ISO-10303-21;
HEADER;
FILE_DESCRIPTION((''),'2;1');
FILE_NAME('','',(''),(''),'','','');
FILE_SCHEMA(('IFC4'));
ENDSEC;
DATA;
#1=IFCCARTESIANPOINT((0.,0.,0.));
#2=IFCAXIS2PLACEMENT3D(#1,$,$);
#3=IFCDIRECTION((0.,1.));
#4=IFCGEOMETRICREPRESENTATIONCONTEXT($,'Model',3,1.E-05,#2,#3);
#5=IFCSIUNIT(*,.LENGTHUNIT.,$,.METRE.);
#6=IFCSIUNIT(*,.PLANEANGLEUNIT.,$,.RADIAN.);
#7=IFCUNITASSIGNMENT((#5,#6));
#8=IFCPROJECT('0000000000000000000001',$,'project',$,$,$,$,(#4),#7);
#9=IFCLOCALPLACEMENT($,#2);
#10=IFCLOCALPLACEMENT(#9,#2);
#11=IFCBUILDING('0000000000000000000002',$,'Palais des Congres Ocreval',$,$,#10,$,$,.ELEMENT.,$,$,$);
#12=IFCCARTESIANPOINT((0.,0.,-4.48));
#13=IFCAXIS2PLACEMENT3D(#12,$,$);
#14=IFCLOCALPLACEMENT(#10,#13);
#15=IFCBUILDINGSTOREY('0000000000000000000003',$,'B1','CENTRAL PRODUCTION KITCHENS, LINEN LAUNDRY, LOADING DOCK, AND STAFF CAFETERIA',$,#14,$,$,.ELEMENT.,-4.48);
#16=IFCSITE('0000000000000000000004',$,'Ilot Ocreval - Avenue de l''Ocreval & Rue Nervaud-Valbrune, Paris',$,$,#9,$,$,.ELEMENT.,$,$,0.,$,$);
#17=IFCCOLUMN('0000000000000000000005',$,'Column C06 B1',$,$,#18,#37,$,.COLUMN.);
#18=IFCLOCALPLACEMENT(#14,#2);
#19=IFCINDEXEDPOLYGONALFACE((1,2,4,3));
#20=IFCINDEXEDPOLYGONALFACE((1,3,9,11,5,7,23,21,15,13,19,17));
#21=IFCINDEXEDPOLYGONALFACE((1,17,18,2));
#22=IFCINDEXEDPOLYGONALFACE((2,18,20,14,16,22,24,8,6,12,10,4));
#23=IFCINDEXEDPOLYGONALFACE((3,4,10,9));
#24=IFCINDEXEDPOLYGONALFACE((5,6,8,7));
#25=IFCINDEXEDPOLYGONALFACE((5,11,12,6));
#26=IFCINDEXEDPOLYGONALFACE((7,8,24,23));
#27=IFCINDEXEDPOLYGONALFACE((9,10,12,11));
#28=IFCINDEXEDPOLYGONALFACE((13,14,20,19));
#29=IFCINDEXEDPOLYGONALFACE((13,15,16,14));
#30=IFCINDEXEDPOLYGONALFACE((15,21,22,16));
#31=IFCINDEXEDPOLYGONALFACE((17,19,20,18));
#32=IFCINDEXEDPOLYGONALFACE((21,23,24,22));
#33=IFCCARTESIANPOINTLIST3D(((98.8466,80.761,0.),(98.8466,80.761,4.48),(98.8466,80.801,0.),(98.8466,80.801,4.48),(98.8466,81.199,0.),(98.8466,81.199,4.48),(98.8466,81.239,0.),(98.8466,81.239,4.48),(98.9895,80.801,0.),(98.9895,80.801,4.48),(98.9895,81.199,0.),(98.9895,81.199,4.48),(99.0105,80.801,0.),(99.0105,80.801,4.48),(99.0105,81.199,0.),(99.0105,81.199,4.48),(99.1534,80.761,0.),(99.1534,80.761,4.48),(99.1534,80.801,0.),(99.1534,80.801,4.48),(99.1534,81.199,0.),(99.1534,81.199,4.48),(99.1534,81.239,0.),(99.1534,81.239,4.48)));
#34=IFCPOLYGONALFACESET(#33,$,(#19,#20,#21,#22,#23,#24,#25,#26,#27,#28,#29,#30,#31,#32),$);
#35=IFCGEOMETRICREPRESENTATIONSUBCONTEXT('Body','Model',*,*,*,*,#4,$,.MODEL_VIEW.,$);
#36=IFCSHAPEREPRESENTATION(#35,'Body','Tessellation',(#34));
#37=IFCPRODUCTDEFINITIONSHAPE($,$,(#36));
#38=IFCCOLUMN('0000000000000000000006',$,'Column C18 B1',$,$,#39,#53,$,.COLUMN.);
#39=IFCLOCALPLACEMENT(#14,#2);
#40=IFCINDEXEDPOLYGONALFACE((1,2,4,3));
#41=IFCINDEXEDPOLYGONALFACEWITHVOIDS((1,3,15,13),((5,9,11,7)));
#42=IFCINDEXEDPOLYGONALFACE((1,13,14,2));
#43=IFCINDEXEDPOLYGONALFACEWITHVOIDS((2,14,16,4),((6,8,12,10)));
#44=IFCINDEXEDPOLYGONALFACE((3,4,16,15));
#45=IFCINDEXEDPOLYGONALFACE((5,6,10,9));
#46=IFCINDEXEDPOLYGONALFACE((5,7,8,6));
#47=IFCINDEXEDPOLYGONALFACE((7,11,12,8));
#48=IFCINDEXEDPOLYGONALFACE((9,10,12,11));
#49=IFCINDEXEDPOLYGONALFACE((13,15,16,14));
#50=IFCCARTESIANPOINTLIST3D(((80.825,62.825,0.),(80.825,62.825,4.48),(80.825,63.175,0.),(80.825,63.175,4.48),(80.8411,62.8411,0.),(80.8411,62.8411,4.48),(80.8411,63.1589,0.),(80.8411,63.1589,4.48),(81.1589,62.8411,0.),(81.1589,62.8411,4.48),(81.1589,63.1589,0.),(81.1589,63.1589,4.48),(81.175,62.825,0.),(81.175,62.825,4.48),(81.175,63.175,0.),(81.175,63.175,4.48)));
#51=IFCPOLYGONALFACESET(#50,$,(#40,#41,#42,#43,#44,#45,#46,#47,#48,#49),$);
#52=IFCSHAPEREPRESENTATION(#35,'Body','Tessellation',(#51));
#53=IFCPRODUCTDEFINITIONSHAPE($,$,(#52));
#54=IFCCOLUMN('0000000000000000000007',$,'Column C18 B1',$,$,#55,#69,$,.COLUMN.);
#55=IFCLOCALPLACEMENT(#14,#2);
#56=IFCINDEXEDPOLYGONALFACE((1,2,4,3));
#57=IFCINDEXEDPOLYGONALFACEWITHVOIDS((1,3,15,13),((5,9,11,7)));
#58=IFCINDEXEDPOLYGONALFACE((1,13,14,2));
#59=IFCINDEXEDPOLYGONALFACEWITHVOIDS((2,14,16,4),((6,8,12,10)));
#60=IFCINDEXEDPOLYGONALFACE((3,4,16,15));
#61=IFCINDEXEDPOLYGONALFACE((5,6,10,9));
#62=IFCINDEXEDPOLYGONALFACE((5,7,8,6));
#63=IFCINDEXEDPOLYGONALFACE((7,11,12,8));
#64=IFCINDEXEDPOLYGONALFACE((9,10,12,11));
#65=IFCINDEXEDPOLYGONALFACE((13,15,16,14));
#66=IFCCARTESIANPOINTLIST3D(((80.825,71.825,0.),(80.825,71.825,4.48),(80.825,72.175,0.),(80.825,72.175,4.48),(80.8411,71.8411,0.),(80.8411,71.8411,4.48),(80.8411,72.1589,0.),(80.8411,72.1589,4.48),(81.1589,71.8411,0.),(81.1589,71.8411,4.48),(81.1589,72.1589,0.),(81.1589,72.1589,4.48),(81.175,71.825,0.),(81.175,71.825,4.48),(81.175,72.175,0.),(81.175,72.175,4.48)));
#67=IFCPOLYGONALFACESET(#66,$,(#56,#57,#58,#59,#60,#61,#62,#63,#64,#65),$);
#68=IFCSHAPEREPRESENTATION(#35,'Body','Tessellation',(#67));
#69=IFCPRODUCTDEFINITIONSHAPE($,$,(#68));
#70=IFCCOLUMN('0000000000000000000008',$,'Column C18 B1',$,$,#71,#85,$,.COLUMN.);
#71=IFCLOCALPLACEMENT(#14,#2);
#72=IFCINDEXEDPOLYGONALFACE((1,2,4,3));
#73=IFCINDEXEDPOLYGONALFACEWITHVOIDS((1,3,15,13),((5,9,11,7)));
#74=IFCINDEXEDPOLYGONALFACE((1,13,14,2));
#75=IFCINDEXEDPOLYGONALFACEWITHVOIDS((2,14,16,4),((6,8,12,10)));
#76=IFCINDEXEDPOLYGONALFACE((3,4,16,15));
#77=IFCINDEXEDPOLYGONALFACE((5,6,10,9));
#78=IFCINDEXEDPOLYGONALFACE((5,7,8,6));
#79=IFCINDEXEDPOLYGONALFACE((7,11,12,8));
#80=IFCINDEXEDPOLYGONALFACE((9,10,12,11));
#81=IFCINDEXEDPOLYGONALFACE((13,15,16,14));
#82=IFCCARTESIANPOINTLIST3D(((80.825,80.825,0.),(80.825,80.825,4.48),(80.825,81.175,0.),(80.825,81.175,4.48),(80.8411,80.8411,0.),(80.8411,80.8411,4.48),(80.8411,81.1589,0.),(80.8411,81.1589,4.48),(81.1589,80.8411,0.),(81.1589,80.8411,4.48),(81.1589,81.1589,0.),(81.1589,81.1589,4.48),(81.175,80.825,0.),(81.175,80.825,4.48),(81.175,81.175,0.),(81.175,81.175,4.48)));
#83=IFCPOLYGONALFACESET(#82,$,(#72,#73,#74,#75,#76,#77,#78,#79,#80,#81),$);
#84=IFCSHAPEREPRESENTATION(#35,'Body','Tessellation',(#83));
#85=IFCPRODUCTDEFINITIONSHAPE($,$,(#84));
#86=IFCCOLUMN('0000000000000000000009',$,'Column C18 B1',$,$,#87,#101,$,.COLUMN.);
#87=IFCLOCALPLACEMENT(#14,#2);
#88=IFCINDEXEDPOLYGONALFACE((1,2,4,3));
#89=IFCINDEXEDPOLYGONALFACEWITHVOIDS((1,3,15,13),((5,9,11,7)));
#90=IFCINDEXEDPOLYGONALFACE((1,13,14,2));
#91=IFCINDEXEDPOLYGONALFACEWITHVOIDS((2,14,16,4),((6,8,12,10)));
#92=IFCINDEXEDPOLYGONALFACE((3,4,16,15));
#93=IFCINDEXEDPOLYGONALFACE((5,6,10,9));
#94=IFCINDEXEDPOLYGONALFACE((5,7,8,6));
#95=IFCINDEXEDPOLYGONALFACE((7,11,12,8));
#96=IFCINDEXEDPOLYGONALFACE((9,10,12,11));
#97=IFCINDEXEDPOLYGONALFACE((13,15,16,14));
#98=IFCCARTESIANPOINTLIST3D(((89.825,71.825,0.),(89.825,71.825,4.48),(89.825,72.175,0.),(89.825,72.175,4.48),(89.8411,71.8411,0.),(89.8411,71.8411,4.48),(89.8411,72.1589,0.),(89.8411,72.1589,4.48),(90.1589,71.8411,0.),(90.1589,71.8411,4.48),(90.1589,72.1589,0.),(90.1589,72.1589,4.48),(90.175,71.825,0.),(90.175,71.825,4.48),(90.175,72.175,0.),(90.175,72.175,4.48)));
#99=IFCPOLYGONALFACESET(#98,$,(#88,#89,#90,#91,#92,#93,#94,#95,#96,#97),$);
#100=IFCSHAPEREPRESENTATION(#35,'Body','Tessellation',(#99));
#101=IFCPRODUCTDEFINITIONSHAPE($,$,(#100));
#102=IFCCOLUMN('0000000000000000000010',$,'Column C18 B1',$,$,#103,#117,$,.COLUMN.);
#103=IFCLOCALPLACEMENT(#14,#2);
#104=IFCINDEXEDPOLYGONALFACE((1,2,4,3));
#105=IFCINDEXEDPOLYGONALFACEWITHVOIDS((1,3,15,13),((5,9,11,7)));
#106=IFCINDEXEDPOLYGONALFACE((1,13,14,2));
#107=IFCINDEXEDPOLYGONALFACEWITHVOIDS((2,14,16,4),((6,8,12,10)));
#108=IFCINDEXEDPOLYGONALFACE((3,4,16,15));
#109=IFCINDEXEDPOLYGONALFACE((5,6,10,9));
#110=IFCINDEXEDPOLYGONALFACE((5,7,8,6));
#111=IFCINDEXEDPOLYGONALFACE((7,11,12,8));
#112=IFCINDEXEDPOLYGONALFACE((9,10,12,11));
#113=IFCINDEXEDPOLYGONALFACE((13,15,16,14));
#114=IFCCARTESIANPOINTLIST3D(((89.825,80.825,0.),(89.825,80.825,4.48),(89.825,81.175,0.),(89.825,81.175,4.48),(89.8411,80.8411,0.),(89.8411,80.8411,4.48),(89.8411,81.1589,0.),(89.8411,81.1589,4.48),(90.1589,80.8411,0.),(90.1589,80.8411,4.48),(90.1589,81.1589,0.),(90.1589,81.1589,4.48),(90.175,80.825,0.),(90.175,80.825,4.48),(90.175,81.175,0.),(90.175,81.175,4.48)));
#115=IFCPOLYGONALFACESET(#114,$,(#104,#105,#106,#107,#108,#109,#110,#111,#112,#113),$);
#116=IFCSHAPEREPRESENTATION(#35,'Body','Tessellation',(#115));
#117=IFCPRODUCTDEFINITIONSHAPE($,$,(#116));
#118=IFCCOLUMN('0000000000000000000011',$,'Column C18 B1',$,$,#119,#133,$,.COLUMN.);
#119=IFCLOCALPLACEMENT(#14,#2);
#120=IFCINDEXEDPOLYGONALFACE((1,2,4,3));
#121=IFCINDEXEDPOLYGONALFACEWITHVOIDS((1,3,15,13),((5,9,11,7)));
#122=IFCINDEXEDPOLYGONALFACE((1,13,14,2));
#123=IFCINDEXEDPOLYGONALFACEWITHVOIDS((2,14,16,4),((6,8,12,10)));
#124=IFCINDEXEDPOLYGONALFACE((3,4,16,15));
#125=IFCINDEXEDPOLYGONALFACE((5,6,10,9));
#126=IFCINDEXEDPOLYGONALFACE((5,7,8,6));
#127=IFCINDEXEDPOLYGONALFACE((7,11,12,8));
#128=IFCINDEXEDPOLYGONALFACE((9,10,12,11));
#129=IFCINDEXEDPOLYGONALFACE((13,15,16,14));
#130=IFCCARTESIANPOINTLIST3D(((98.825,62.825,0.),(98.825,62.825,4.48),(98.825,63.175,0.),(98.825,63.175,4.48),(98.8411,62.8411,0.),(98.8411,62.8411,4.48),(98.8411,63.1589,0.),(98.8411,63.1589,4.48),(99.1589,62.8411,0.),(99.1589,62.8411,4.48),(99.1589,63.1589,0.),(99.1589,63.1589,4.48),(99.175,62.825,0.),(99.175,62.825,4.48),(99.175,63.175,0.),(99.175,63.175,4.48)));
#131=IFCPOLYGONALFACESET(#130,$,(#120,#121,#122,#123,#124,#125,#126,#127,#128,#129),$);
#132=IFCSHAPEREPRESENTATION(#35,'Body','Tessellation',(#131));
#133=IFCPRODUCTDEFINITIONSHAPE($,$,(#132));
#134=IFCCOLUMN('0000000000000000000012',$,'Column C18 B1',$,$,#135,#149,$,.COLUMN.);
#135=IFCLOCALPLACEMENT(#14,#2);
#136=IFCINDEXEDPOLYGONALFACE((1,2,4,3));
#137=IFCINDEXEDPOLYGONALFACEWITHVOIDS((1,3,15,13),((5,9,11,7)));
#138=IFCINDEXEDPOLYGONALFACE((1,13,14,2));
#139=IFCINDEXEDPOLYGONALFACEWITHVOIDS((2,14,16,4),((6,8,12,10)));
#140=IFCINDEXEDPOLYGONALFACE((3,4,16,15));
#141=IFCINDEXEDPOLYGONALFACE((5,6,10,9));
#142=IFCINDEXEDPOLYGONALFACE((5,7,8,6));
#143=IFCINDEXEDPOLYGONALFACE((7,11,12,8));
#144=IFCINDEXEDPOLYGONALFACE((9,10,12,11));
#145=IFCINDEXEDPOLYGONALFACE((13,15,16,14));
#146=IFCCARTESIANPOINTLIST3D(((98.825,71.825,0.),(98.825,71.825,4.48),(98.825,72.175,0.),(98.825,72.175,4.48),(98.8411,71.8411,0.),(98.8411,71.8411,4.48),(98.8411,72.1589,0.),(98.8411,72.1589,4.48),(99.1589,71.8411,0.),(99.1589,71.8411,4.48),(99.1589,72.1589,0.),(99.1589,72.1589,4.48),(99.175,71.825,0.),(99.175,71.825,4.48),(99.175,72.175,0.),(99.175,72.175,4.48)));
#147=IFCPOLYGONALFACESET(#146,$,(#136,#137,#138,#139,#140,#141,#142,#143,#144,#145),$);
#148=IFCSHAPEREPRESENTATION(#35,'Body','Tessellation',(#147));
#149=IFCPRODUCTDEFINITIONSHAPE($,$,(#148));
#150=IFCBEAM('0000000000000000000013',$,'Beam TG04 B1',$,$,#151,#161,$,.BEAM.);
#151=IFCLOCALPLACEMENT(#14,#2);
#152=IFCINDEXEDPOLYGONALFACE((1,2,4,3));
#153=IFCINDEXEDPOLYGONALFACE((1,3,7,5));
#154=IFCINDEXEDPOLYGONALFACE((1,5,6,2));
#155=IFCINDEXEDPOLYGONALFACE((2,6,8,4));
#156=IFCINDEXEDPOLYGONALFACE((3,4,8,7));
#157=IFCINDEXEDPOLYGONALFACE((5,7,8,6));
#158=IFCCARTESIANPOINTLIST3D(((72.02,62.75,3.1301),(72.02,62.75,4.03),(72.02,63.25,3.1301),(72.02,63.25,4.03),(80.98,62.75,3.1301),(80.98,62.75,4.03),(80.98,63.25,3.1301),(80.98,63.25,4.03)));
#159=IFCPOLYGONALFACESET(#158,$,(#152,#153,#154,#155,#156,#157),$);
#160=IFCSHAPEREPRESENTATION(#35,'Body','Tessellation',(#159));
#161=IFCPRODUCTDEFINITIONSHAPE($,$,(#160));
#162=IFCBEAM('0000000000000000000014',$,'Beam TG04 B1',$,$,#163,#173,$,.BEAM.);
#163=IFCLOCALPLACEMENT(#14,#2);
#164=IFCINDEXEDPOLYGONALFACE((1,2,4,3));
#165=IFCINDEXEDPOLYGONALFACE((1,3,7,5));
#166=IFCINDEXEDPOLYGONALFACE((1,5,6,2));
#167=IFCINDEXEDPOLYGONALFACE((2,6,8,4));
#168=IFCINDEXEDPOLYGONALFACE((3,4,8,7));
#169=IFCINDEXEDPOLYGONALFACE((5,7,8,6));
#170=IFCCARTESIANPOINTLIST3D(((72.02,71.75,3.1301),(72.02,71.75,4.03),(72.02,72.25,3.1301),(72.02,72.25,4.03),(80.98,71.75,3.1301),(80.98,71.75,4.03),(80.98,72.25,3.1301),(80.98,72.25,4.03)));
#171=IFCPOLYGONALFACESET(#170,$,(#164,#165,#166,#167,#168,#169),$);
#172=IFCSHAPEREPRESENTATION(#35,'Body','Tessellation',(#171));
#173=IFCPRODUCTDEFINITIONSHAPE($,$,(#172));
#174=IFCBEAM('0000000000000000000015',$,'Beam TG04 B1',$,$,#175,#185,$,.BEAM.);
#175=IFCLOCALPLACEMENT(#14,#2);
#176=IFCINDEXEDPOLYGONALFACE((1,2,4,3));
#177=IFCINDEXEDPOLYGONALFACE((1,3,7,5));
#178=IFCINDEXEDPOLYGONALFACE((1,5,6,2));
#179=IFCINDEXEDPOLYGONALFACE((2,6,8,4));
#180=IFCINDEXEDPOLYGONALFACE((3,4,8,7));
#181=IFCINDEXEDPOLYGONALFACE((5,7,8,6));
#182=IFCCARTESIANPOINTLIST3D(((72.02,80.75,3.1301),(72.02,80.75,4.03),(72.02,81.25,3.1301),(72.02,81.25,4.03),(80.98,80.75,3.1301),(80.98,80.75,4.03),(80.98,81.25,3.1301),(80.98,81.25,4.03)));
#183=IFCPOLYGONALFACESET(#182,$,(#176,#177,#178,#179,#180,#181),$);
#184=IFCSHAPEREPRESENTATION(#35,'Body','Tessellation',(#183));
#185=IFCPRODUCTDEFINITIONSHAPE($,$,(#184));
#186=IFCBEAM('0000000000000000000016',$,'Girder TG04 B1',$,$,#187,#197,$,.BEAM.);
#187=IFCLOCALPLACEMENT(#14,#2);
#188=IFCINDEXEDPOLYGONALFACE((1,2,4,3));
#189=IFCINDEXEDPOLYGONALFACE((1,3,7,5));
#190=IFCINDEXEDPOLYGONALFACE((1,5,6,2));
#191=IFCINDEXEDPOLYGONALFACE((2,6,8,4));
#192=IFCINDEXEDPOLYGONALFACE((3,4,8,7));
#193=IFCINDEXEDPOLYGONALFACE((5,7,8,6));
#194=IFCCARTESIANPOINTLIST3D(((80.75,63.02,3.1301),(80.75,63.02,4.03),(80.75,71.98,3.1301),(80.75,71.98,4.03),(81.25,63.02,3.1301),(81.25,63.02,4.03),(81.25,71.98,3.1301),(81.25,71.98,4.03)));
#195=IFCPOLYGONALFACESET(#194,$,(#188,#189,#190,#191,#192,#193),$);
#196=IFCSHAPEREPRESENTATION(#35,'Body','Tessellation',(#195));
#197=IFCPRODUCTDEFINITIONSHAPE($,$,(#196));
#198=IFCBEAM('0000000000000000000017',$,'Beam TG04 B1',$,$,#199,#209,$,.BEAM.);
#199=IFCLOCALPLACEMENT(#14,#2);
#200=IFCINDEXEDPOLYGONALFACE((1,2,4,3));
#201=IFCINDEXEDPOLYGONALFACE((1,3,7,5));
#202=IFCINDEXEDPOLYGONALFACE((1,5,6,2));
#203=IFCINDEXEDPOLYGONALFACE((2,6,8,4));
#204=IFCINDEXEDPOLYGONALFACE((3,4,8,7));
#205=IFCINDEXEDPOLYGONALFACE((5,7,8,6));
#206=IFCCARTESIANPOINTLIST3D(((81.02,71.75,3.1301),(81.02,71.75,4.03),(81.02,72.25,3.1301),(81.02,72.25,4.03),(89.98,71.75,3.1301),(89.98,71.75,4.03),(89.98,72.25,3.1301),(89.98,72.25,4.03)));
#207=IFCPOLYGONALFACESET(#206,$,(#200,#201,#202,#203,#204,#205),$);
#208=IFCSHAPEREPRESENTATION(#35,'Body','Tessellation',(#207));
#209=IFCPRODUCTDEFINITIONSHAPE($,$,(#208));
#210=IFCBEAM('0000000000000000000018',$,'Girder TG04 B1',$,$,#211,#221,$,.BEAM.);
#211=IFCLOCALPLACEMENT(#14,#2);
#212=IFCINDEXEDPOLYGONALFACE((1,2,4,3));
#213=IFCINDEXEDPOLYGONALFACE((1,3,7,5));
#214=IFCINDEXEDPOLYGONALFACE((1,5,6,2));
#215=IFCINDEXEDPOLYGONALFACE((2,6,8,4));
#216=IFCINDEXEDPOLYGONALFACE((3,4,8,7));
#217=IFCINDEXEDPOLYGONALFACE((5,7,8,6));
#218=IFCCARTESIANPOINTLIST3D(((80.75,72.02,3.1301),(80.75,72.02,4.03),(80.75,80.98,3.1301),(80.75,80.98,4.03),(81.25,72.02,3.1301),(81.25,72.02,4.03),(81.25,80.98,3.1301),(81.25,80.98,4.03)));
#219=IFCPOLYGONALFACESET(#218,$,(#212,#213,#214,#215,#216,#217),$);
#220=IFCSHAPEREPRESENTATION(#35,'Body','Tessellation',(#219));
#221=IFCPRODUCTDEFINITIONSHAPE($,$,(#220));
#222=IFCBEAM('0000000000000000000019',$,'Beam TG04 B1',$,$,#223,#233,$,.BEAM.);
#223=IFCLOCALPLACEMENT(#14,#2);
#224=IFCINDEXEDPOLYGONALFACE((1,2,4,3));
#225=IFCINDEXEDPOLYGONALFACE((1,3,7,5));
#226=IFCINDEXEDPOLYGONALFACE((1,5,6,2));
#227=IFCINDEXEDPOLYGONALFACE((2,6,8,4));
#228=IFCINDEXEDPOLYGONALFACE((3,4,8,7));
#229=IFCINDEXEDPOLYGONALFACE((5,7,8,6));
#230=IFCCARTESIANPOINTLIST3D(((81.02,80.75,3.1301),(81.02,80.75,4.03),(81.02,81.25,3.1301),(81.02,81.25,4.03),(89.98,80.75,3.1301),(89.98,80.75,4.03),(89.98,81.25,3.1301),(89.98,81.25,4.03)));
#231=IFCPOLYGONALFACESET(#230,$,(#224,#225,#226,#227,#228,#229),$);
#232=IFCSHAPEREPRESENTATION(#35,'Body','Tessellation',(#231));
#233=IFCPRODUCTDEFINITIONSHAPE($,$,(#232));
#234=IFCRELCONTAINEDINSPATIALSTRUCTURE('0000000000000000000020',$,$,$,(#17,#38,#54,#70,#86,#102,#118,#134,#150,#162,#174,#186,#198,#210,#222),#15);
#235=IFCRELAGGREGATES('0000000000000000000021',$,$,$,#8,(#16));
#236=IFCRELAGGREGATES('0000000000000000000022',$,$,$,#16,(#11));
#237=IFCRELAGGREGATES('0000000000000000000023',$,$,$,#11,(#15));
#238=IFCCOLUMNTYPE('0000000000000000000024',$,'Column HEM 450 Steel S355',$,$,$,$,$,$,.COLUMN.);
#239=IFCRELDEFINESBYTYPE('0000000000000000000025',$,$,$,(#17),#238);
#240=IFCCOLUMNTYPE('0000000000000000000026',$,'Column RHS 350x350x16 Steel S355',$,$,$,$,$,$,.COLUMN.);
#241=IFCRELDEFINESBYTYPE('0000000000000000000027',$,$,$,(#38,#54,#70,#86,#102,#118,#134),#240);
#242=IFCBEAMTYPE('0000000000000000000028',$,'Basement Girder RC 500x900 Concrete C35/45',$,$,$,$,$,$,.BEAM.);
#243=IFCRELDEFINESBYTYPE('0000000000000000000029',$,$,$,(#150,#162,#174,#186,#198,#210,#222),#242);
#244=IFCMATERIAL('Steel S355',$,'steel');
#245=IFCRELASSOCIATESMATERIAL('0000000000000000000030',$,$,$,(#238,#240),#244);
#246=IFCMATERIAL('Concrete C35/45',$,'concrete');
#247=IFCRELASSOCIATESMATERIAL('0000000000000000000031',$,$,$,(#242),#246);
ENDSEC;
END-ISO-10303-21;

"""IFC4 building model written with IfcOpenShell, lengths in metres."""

from ifc_helpers import new_model, si_unit, direction, frame, origin, origin_2d, place, context, subcontext, project, spatial, rectangle, hollow_rectangle, i_section, extrude, material, material_profile, profile_set, type_object, element, save


model = new_model("IFC4")

# Units and contexts
model_context = context("Model", 3, precision=1e-05, world=origin(), true_north=direction((0.0, 1.0)))
body_context = subcontext(model_context, "Body", "Model", "MODEL_VIEW")
ifc_project = project(units=[si_unit("LENGTHUNIT", "METRE"), si_unit("PLANEANGLEUNIT", "RADIAN")], contexts=[model_context])

# Site, building, storey
site_placement = place(None, origin())
site = spatial("IfcSite", under=ifc_project, at=site_placement, Name="Ilot Ocreval - Avenue de l'Ocreval & Rue Nervaud-Valbrune, Paris", CompositionType="ELEMENT", RefElevation=0.0)
building_placement = place(site_placement, origin())
building = spatial("IfcBuilding", under=site, at=building_placement, Name="Palais des Congres Ocreval", CompositionType="ELEMENT")
storey_placement = place(building_placement, frame((0.0, 0.0, -4.48)))
storey = spatial("IfcBuildingStorey", under=building, at=storey_placement, Name="B1", Description="CENTRAL PRODUCTION KITCHENS, LINEN LAUNDRY, LOADING DOCK, AND STAFF CAFETERIA", CompositionType="ELEMENT", Elevation=-4.48)

# Columns
ifc_material_1 = material(Name="Steel S355", Category="steel")
ifc_material_profile_1 = material_profile(ifc_material_1, i_section(OverallWidth=0.3069, OverallDepth=0.478, WebThickness=0.021, FlangeThickness=0.04, at=origin_2d()), Name="HEM 450")
ifc_profile_set_1 = profile_set([ifc_material_profile_1], Name="Steel S355")
column_type_1 = type_object("IfcColumnType", Name="Column HEM 450 Steel S355", PredefinedType="COLUMN", material=ifc_profile_set_1)
column_placement = place(storey_placement, frame((99.0, 81.0, 0.0), z_axis=(0.0, 0.0, 1.0), x_axis=(1.0, 0.0, 0.0)))
element("IfcColumn", 1, at=column_placement, inside=storey, type_object=column_type_1, Name="Column C06 B1", PredefinedType="COLUMN", context=body_context, shape_type="SweptSolid", body=[
    extrude(i_section(OverallWidth=0.3069, OverallDepth=0.478, WebThickness=0.021, FlangeThickness=0.04, at=origin_2d()), origin(), (0.0, 0.0, 1.0), 4.48),
])
ifc_material_profile_2 = material_profile(ifc_material_1, hollow_rectangle(XDim=0.3501, YDim=0.3501, WallThickness=0.0161, at=origin_2d()), Name="RHS 350x350x16")
ifc_profile_set_2 = profile_set([ifc_material_profile_2], Name="Steel S355")
column_type_2 = type_object("IfcColumnType", Name="Column RHS 350x350x16 Steel S355", PredefinedType="COLUMN", material=ifc_profile_set_2)
for number, where, z_axis, x_axis, name in (
    (2, (81.0, 63.0, 0.0), (0.0, 0.0, 1.0), (1.0, 0.0, 0.0), "Column C18 B1"),
    (3, (81.0, 72.0, 0.0), (0.0, 0.0, 1.0), (1.0, 0.0, 0.0), "Column C18 B1"),
    (4, (81.0, 81.0, 0.0), (0.0, 0.0, 1.0), (1.0, 0.0, 0.0), "Column C18 B1"),
    (5, (90.0, 72.0, 0.0), (0.0, 0.0, 1.0), (1.0, 0.0, 0.0), "Column C18 B1"),
    (6, (90.0, 81.0, 0.0), (0.0, 0.0, 1.0), (1.0, 0.0, 0.0), "Column C18 B1"),
    (7, (99.0, 63.0, 0.0), (0.0, 0.0, 1.0), (1.0, 0.0, 0.0), "Column C18 B1"),
    (8, (99.0, 72.0, 0.0), (0.0, 0.0, 1.0), (1.0, 0.0, 0.0), "Column C18 B1"),
):
    element("IfcColumn", number, at=place(storey_placement, frame(where, z_axis=z_axis, x_axis=x_axis)), inside=storey, type_object=column_type_2, Name=name, PredefinedType="COLUMN", context=body_context, shape_type="SweptSolid", body=[
        extrude(hollow_rectangle(XDim=0.3501, YDim=0.3501, WallThickness=0.0161, at=origin_2d()), origin(), (0.0, 0.0, 1.0), 4.48),
    ])

# Beams
ifc_material_2 = material(Name="Concrete C35/45", Category="concrete")
ifc_material_profile_3 = material_profile(ifc_material_2, rectangle(XDim=0.5, YDim=0.8999, at=origin_2d()), Name="RC 500x900")
ifc_profile_set_3 = profile_set([ifc_material_profile_3], Name="Concrete C35/45")
beam_type = type_object("IfcBeamType", Name="Basement Girder RC 500x900 Concrete C35/45", PredefinedType="BEAM", material=ifc_profile_set_3)
for number, where, z_axis, x_axis, name in (
    (9, (72.02, 63.0, 3.5801), (1.0, 0.0, 0.0), (0.0, 1.0, 0.0), "Beam TG04 B1"),
    (10, (72.02, 72.0, 3.5801), (1.0, 0.0, 0.0), (0.0, 1.0, 0.0), "Beam TG04 B1"),
    (11, (72.02, 81.0, 3.5801), (1.0, 0.0, 0.0), (0.0, 1.0, 0.0), "Beam TG04 B1"),
    (12, (81.0, 63.02, 3.5801), (0.0, 1.0, 0.0), (-1.0, 0.0, 0.0), "Girder TG04 B1"),
    (13, (81.02, 72.0, 3.5801), (1.0, 0.0, 0.0), (0.0, 1.0, 0.0), "Beam TG04 B1"),
    (14, (81.0, 72.02, 3.5801), (0.0, 1.0, 0.0), (-1.0, 0.0, 0.0), "Girder TG04 B1"),
    (15, (81.02, 81.0, 3.5801), (1.0, 0.0, 0.0), (0.0, 1.0, 0.0), "Beam TG04 B1"),
):
    element("IfcBeam", number, at=place(storey_placement, frame(where, z_axis=z_axis, x_axis=x_axis)), inside=storey, type_object=beam_type, Name=name, PredefinedType="BEAM", context=body_context, shape_type="SweptSolid", body=[
        extrude(rectangle(XDim=0.5, YDim=0.8999, at=origin_2d()), origin(), (0.0, 0.0, 1.0), 8.96),
    ])

save(model, "model.ifc")
